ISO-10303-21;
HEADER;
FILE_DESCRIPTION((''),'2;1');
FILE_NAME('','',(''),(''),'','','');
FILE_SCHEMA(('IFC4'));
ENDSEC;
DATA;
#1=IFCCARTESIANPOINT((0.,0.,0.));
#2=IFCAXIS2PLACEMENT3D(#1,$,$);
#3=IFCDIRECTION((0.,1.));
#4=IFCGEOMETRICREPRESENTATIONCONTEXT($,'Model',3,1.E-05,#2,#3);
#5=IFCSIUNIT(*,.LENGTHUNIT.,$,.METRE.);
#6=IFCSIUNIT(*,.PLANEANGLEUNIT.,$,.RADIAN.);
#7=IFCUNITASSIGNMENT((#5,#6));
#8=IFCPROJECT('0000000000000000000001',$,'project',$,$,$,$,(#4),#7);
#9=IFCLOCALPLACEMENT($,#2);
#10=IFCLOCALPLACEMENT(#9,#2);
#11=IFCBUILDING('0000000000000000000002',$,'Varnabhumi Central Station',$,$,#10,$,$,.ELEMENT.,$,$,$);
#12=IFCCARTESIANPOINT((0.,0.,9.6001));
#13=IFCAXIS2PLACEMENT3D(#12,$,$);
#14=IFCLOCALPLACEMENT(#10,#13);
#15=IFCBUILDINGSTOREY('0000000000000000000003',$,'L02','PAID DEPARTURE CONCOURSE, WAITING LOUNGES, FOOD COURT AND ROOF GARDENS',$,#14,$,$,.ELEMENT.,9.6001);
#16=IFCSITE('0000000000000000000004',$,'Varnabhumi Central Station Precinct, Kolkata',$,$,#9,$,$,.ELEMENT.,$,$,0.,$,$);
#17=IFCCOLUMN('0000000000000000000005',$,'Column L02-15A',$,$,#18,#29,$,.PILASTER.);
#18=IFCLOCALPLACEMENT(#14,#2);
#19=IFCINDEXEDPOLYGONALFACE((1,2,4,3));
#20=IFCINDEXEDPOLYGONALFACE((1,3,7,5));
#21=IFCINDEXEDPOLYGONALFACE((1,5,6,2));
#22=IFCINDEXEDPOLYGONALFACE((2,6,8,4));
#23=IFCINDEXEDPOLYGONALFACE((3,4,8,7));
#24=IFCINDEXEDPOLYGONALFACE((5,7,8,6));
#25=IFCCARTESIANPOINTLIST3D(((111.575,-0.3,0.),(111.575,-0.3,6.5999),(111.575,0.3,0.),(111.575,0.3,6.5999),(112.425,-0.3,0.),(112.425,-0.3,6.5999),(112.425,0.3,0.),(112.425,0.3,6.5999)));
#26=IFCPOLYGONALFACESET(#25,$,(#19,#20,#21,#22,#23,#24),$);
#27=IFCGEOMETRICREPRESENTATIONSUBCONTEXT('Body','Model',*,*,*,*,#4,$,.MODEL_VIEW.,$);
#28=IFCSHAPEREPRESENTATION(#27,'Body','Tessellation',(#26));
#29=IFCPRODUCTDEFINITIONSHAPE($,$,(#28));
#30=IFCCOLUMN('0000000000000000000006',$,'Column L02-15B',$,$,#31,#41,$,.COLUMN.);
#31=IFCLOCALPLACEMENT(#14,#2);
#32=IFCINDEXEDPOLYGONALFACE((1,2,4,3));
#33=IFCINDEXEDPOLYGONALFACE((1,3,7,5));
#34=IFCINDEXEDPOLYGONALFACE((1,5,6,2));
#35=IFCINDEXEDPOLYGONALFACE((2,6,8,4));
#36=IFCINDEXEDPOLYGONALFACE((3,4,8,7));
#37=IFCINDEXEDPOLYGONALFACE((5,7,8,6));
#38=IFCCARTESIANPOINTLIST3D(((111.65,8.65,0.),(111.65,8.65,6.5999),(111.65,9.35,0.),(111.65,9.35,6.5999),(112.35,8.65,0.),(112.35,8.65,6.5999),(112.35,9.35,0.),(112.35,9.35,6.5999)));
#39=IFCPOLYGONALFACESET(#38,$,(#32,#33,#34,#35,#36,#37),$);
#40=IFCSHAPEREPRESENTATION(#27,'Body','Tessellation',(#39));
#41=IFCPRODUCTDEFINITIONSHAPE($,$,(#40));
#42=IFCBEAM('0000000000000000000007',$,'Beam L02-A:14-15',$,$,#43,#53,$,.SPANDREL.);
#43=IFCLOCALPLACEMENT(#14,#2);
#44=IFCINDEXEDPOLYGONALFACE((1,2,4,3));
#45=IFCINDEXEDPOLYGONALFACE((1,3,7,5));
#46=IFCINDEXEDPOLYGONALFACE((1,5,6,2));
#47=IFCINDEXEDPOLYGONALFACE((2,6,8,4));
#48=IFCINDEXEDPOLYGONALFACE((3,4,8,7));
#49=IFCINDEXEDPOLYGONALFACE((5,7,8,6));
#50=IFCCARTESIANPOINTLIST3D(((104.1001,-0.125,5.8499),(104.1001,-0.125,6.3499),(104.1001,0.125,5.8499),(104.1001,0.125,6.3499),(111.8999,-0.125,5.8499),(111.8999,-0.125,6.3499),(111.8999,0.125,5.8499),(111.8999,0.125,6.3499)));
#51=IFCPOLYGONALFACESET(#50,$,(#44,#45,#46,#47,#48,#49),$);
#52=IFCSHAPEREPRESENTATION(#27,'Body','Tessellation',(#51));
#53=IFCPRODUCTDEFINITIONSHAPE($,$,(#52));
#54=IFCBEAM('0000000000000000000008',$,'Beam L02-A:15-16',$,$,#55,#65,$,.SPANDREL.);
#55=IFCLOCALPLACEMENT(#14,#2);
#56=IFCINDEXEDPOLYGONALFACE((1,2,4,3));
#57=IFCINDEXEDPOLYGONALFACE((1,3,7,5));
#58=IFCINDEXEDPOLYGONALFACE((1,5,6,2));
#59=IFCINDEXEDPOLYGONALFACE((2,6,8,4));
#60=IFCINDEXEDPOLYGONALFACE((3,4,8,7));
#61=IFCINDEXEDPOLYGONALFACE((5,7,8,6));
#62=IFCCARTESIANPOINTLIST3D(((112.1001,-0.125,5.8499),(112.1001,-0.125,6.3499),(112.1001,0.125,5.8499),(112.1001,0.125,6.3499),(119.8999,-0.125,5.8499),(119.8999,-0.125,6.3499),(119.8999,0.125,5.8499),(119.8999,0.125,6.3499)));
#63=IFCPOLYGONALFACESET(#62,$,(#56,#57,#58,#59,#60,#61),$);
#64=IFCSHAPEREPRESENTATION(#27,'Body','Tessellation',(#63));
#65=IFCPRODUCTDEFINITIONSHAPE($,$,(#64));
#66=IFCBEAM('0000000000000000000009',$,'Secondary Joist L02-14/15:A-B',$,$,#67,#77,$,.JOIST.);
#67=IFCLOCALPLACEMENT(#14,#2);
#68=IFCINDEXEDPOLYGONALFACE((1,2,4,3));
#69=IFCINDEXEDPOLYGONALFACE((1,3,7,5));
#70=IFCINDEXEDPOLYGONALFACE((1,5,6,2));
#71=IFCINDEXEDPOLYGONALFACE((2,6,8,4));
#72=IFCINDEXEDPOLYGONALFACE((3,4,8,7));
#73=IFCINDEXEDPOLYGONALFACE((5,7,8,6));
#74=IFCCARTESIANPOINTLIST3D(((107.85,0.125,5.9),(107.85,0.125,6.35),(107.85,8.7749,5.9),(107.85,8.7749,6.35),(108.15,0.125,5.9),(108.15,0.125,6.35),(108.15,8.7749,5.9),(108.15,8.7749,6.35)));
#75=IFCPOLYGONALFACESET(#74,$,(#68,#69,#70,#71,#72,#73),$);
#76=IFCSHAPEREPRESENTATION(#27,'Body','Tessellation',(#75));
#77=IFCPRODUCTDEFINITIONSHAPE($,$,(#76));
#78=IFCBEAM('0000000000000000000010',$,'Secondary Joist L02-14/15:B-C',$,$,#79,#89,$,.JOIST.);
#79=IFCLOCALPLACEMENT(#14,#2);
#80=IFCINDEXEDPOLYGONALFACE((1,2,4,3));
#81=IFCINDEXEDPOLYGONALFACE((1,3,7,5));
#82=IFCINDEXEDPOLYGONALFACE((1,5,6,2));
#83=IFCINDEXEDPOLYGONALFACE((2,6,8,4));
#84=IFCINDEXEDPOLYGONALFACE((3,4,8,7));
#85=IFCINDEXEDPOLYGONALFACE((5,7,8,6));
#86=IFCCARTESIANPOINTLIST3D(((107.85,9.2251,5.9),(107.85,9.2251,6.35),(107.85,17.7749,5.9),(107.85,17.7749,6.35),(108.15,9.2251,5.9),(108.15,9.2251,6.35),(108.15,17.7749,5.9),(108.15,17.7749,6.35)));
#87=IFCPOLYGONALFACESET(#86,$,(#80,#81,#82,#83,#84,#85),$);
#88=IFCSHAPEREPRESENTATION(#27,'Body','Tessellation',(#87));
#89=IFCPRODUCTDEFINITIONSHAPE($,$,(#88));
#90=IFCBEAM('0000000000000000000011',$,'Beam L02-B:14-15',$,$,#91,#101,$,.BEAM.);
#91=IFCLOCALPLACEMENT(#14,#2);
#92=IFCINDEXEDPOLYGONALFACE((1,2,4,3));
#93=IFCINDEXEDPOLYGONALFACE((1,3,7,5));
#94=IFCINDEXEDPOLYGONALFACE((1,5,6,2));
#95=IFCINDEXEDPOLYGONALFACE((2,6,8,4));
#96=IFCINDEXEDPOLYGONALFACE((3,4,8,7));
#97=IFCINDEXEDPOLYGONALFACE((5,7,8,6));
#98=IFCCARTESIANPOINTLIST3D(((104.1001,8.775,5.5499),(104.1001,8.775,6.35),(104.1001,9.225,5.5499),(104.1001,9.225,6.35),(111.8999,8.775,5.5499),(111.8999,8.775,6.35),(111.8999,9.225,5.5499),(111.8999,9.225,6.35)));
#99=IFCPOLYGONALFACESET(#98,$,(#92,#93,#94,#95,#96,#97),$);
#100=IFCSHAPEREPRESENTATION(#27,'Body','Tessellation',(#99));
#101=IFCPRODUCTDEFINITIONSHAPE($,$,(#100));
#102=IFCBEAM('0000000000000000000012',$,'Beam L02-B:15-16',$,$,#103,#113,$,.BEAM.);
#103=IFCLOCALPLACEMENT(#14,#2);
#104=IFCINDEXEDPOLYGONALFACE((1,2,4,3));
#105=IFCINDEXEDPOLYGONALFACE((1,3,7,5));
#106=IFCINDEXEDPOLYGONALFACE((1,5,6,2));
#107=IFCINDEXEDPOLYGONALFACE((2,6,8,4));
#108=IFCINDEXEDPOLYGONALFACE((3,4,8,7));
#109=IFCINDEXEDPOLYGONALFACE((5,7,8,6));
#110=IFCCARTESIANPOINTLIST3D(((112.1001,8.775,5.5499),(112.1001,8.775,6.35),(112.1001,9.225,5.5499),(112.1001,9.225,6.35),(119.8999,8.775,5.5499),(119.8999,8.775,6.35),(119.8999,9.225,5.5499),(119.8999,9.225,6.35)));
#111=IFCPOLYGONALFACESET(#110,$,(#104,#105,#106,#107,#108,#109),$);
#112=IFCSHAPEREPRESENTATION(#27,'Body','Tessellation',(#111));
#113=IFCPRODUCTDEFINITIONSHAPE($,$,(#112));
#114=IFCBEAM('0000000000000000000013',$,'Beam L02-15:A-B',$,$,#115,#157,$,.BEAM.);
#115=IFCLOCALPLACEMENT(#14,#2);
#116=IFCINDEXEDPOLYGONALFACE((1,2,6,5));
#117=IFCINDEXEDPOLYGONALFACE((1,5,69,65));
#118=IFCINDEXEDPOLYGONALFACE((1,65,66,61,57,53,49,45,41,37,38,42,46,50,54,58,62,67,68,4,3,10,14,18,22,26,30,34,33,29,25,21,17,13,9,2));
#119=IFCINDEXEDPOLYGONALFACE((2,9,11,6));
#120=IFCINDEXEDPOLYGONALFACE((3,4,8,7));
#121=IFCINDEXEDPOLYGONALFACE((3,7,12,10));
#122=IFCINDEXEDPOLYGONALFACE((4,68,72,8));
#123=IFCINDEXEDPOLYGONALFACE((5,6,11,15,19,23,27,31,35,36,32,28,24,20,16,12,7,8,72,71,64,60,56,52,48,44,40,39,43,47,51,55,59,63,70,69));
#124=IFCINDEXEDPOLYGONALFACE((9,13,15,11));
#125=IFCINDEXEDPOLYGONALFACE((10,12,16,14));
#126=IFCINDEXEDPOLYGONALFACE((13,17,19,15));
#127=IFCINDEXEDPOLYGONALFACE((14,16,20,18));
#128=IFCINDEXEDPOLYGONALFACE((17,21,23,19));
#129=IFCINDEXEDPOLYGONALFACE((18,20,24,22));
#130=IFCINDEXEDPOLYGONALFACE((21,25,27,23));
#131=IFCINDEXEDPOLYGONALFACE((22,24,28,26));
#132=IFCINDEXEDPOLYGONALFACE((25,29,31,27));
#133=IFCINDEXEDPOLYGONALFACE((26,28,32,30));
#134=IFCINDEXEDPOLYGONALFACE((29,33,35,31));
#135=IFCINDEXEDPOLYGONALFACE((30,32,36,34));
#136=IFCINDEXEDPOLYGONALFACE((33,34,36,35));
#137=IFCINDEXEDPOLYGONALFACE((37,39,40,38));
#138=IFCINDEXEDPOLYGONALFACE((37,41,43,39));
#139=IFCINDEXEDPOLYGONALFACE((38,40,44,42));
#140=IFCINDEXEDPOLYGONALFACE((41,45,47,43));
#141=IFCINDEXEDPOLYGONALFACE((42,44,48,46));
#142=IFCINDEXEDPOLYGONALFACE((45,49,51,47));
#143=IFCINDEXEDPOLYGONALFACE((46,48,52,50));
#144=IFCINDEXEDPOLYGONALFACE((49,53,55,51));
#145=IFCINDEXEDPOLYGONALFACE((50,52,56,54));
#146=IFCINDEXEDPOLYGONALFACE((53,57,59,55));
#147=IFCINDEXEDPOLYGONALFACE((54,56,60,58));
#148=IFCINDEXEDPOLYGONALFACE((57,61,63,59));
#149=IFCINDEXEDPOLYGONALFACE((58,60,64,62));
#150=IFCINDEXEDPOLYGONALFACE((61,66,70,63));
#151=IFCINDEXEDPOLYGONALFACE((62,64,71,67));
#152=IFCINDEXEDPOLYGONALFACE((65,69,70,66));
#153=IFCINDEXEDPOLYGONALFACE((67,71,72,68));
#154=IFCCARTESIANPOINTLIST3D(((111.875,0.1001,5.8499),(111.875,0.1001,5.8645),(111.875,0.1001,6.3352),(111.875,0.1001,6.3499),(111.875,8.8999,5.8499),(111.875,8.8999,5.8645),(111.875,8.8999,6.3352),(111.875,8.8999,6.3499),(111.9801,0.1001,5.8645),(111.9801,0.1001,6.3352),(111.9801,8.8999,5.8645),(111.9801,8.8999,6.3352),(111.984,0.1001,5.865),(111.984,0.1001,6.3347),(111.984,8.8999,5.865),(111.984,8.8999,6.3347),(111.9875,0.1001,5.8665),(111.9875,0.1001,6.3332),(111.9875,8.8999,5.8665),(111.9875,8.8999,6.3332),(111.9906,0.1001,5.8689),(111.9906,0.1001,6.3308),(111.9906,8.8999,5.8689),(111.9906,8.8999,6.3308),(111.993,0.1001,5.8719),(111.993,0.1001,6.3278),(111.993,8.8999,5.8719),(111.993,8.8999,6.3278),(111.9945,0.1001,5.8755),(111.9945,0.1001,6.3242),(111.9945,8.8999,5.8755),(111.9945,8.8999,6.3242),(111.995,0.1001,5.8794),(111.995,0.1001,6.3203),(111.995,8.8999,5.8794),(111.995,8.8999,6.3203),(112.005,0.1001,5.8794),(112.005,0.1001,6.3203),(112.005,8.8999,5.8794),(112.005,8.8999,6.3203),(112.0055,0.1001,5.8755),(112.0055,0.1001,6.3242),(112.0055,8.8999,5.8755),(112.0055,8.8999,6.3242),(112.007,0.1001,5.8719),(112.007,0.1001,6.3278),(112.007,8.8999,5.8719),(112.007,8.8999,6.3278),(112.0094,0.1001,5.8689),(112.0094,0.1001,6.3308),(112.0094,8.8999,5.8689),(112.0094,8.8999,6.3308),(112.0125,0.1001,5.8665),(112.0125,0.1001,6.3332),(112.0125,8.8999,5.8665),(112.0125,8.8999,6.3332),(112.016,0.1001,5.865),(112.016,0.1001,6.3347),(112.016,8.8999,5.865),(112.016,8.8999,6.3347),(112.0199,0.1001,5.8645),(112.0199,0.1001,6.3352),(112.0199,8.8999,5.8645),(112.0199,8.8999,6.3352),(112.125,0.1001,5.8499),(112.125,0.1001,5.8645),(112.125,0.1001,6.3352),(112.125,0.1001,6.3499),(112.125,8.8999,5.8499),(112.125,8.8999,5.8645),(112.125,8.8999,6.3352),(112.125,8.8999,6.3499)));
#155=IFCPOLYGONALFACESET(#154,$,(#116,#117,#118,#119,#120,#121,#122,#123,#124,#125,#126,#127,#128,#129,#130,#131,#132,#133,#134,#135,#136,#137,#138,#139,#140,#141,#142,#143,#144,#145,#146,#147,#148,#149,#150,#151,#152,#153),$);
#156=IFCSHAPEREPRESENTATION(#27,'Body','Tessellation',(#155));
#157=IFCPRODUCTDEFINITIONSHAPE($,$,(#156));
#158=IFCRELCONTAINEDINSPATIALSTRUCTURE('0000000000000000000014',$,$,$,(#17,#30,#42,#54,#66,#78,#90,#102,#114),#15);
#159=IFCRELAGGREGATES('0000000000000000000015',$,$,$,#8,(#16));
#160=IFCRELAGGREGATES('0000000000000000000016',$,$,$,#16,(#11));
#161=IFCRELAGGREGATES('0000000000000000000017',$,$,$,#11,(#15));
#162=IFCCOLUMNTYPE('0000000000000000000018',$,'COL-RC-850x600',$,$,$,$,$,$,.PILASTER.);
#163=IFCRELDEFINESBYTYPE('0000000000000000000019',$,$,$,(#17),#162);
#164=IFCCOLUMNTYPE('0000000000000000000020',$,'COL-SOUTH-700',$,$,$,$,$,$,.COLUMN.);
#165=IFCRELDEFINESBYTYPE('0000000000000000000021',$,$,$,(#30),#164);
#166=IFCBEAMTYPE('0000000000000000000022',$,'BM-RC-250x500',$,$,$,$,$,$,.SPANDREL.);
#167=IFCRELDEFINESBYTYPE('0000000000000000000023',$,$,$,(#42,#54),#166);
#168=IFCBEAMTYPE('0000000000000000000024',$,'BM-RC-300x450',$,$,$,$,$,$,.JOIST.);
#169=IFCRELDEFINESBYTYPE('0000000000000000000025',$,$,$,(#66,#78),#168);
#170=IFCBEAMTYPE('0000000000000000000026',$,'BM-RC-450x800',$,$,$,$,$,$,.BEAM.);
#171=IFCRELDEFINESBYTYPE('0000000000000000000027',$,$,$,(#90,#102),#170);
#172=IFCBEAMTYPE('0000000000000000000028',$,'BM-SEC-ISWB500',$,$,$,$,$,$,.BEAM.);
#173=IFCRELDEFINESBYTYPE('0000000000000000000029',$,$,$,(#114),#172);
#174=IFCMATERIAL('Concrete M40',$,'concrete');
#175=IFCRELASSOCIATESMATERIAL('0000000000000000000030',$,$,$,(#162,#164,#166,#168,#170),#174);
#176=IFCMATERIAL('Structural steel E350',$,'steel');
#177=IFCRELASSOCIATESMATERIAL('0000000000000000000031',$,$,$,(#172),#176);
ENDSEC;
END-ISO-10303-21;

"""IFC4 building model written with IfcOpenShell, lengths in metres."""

from ifc_helpers import new_model, si_unit, direction, frame, origin, origin_2d, place, context, subcontext, project, spatial, rectangle, i_section, extrude, material, material_profile, profile_set, type_object, element, save


model = new_model("IFC4")

# Units and contexts
model_context = context("Model", 3, precision=1e-05, world=origin(), true_north=direction((0.0, 1.0)))
body_context = subcontext(model_context, "Body", "Model", "MODEL_VIEW")
ifc_project = project(units=[si_unit("LENGTHUNIT", "METRE"), si_unit("PLANEANGLEUNIT", "RADIAN")], contexts=[model_context])

# Site, building, storey
site_placement = place(None, origin())
site = spatial("IfcSite", under=ifc_project, at=site_placement, Name="Varnabhumi Central Station Precinct, Kolkata", CompositionType="ELEMENT", RefElevation=0.0)
building_placement = place(site_placement, origin())
building = spatial("IfcBuilding", under=site, at=building_placement, Name="Varnabhumi Central Station", CompositionType="ELEMENT")
storey_placement = place(building_placement, frame((0.0, 0.0, 9.6001)))
storey = spatial("IfcBuildingStorey", under=building, at=storey_placement, Name="L02", Description="PAID DEPARTURE CONCOURSE, WAITING LOUNGES, FOOD COURT AND ROOF GARDENS", CompositionType="ELEMENT", Elevation=9.6001)

# Columns
ifc_material_1 = material(Name="Concrete M40", Category="concrete")
ifc_material_profile_1 = material_profile(ifc_material_1, rectangle(XDim=0.8501, YDim=0.6001, at=origin_2d()), Name="Concrete M40", Category="concrete")
ifc_profile_set_1 = profile_set([ifc_material_profile_1], Name="Concrete M40")
column_type_1 = type_object("IfcColumnType", Name="COL-RC-850x600", PredefinedType="PILASTER", material=ifc_profile_set_1)
column_1_placement = place(storey_placement, frame((112.0, 0.0, 0.0), z_axis=(0.0, 0.0, 1.0), x_axis=(1.0, 0.0, 0.0)))
element("IfcColumn", 1, at=column_1_placement, inside=storey, type_object=column_type_1, Name="Column L02-15A", PredefinedType="PILASTER", context=body_context, shape_type="SweptSolid", body=[
    extrude(rectangle(XDim=0.8501, YDim=0.6001, at=origin_2d()), origin(), (0.0, 0.0, 1.0), 6.5999),
])
ifc_material_profile_2 = material_profile(ifc_material_1, rectangle(XDim=0.7, YDim=0.7, at=origin_2d()), Name="Concrete M40", Category="concrete")
ifc_profile_set_2 = profile_set([ifc_material_profile_2], Name="Concrete M40")
column_type_2 = type_object("IfcColumnType", Name="COL-SOUTH-700", PredefinedType="COLUMN", material=ifc_profile_set_2)
column_2_placement = place(storey_placement, frame((112.0, 9.0, 0.0), z_axis=(0.0, 0.0, 1.0), x_axis=(1.0, 0.0, 0.0)))
element("IfcColumn", 2, at=column_2_placement, inside=storey, type_object=column_type_2, Name="Column L02-15B", PredefinedType="COLUMN", context=body_context, shape_type="SweptSolid", body=[
    extrude(rectangle(XDim=0.7, YDim=0.7, at=origin_2d()), origin(), (0.0, 0.0, 1.0), 6.5999),
])

# Beams
ifc_material_profile_3 = material_profile(ifc_material_1, rectangle(XDim=0.25, YDim=0.5, at=origin_2d()), Name="Concrete M40", Category="concrete")
ifc_profile_set_3 = profile_set([ifc_material_profile_3], Name="Concrete M40")
beam_type_1 = type_object("IfcBeamType", Name="BM-RC-250x500", PredefinedType="SPANDREL", material=ifc_profile_set_3)
for number, where, z_axis, x_axis, name in (
    (3, (104.1001, 0.0, 6.0999), (1.0, 0.0, 0.0), (0.0, 1.0, 0.0), "Beam L02-A:14-15"),
    (4, (112.1001, 0.0, 6.0999), (1.0, 0.0, 0.0), (0.0, 1.0, 0.0), "Beam L02-A:15-16"),
):
    element("IfcBeam", number, at=place(storey_placement, frame(where, z_axis=z_axis, x_axis=x_axis)), inside=storey, type_object=beam_type_1, Name=name, PredefinedType="SPANDREL", context=body_context, shape_type="SweptSolid", body=[
        extrude(rectangle(XDim=0.25, YDim=0.5, at=origin_2d()), origin(), (0.0, 0.0, 1.0), 7.7998),
    ])
ifc_material_profile_4 = material_profile(ifc_material_1, rectangle(XDim=0.3, YDim=0.45, at=origin_2d()), Name="Concrete M40", Category="concrete")
ifc_profile_set_4 = profile_set([ifc_material_profile_4], Name="Concrete M40")
beam_type_2 = type_object("IfcBeamType", Name="BM-RC-300x450", PredefinedType="JOIST", material=ifc_profile_set_4)
beam_1_placement = place(storey_placement, frame((108.0, 0.125, 6.125), z_axis=(0.0, 1.0, 0.0), x_axis=(-1.0, 0.0, 0.0)))
element("IfcBeam", 5, at=beam_1_placement, inside=storey, type_object=beam_type_2, Name="Secondary Joist L02-14/15:A-B", PredefinedType="JOIST", context=body_context, shape_type="SweptSolid", body=[
    extrude(rectangle(XDim=0.3, YDim=0.45, at=origin_2d()), origin(), (0.0, 0.0, 1.0), 8.6499),
])
beam_2_placement = place(storey_placement, frame((108.0, 9.2251, 6.125), z_axis=(0.0, 1.0, 0.0), x_axis=(-1.0, 0.0, 0.0)))
element("IfcBeam", 6, at=beam_2_placement, inside=storey, type_object=beam_type_2, Name="Secondary Joist L02-14/15:B-C", PredefinedType="JOIST", context=body_context, shape_type="SweptSolid", body=[
    extrude(rectangle(XDim=0.3, YDim=0.45, at=origin_2d()), origin(), (0.0, 0.0, 1.0), 8.5498),
])
ifc_material_profile_5 = material_profile(ifc_material_1, rectangle(XDim=0.45, YDim=0.8, at=origin_2d()), Name="Concrete M40", Category="concrete")
ifc_profile_set_5 = profile_set([ifc_material_profile_5], Name="Concrete M40")
beam_type_3 = type_object("IfcBeamType", Name="BM-RC-450x800", PredefinedType="BEAM", material=ifc_profile_set_5)
for number, where, z_axis, x_axis, name in (
    (7, (104.1001, 9.0, 5.95), (1.0, 0.0, 0.0), (0.0, 1.0, 0.0), "Beam L02-B:14-15"),
    (8, (112.1001, 9.0, 5.95), (1.0, 0.0, 0.0), (0.0, 1.0, 0.0), "Beam L02-B:15-16"),
):
    element("IfcBeam", number, at=place(storey_placement, frame(where, z_axis=z_axis, x_axis=x_axis)), inside=storey, type_object=beam_type_3, Name=name, PredefinedType="BEAM", context=body_context, shape_type="SweptSolid", body=[
        extrude(rectangle(XDim=0.45, YDim=0.8, at=origin_2d()), origin(), (0.0, 0.0, 1.0), 7.7998),
    ])
ifc_material_2 = material(Name="Structural steel E350", Category="steel")
ifc_material_profile_6 = material_profile(ifc_material_2, i_section(OverallWidth=0.25, OverallDepth=0.5, WebThickness=0.01, FlangeThickness=0.0146, FilletRadius=0.0149, at=origin_2d()), Name="Structural steel E350", Category="steel")
ifc_profile_set_6 = profile_set([ifc_material_profile_6], Name="Structural steel E350")
beam_type_4 = type_object("IfcBeamType", Name="BM-SEC-ISWB500", PredefinedType="BEAM", material=ifc_profile_set_6)
for number, where, z_axis, x_axis, name in (
    (9, (112.0, 0.1001, 6.0999), (0.0, 1.0, 0.0), (-1.0, 0.0, 0.0), "Beam L02-15:A-B"),
):
    element("IfcBeam", number, at=place(storey_placement, frame(where, z_axis=z_axis, x_axis=x_axis)), inside=storey, type_object=beam_type_4, Name=name, PredefinedType="BEAM", context=body_context, shape_type="SweptSolid", body=[
        extrude(i_section(OverallWidth=0.25, OverallDepth=0.5, WebThickness=0.01, FlangeThickness=0.0146, FilletRadius=0.0149, at=origin_2d()), origin(), (0.0, 0.0, 1.0), 8.7998),
    ])

save(model, "model.ifc")
